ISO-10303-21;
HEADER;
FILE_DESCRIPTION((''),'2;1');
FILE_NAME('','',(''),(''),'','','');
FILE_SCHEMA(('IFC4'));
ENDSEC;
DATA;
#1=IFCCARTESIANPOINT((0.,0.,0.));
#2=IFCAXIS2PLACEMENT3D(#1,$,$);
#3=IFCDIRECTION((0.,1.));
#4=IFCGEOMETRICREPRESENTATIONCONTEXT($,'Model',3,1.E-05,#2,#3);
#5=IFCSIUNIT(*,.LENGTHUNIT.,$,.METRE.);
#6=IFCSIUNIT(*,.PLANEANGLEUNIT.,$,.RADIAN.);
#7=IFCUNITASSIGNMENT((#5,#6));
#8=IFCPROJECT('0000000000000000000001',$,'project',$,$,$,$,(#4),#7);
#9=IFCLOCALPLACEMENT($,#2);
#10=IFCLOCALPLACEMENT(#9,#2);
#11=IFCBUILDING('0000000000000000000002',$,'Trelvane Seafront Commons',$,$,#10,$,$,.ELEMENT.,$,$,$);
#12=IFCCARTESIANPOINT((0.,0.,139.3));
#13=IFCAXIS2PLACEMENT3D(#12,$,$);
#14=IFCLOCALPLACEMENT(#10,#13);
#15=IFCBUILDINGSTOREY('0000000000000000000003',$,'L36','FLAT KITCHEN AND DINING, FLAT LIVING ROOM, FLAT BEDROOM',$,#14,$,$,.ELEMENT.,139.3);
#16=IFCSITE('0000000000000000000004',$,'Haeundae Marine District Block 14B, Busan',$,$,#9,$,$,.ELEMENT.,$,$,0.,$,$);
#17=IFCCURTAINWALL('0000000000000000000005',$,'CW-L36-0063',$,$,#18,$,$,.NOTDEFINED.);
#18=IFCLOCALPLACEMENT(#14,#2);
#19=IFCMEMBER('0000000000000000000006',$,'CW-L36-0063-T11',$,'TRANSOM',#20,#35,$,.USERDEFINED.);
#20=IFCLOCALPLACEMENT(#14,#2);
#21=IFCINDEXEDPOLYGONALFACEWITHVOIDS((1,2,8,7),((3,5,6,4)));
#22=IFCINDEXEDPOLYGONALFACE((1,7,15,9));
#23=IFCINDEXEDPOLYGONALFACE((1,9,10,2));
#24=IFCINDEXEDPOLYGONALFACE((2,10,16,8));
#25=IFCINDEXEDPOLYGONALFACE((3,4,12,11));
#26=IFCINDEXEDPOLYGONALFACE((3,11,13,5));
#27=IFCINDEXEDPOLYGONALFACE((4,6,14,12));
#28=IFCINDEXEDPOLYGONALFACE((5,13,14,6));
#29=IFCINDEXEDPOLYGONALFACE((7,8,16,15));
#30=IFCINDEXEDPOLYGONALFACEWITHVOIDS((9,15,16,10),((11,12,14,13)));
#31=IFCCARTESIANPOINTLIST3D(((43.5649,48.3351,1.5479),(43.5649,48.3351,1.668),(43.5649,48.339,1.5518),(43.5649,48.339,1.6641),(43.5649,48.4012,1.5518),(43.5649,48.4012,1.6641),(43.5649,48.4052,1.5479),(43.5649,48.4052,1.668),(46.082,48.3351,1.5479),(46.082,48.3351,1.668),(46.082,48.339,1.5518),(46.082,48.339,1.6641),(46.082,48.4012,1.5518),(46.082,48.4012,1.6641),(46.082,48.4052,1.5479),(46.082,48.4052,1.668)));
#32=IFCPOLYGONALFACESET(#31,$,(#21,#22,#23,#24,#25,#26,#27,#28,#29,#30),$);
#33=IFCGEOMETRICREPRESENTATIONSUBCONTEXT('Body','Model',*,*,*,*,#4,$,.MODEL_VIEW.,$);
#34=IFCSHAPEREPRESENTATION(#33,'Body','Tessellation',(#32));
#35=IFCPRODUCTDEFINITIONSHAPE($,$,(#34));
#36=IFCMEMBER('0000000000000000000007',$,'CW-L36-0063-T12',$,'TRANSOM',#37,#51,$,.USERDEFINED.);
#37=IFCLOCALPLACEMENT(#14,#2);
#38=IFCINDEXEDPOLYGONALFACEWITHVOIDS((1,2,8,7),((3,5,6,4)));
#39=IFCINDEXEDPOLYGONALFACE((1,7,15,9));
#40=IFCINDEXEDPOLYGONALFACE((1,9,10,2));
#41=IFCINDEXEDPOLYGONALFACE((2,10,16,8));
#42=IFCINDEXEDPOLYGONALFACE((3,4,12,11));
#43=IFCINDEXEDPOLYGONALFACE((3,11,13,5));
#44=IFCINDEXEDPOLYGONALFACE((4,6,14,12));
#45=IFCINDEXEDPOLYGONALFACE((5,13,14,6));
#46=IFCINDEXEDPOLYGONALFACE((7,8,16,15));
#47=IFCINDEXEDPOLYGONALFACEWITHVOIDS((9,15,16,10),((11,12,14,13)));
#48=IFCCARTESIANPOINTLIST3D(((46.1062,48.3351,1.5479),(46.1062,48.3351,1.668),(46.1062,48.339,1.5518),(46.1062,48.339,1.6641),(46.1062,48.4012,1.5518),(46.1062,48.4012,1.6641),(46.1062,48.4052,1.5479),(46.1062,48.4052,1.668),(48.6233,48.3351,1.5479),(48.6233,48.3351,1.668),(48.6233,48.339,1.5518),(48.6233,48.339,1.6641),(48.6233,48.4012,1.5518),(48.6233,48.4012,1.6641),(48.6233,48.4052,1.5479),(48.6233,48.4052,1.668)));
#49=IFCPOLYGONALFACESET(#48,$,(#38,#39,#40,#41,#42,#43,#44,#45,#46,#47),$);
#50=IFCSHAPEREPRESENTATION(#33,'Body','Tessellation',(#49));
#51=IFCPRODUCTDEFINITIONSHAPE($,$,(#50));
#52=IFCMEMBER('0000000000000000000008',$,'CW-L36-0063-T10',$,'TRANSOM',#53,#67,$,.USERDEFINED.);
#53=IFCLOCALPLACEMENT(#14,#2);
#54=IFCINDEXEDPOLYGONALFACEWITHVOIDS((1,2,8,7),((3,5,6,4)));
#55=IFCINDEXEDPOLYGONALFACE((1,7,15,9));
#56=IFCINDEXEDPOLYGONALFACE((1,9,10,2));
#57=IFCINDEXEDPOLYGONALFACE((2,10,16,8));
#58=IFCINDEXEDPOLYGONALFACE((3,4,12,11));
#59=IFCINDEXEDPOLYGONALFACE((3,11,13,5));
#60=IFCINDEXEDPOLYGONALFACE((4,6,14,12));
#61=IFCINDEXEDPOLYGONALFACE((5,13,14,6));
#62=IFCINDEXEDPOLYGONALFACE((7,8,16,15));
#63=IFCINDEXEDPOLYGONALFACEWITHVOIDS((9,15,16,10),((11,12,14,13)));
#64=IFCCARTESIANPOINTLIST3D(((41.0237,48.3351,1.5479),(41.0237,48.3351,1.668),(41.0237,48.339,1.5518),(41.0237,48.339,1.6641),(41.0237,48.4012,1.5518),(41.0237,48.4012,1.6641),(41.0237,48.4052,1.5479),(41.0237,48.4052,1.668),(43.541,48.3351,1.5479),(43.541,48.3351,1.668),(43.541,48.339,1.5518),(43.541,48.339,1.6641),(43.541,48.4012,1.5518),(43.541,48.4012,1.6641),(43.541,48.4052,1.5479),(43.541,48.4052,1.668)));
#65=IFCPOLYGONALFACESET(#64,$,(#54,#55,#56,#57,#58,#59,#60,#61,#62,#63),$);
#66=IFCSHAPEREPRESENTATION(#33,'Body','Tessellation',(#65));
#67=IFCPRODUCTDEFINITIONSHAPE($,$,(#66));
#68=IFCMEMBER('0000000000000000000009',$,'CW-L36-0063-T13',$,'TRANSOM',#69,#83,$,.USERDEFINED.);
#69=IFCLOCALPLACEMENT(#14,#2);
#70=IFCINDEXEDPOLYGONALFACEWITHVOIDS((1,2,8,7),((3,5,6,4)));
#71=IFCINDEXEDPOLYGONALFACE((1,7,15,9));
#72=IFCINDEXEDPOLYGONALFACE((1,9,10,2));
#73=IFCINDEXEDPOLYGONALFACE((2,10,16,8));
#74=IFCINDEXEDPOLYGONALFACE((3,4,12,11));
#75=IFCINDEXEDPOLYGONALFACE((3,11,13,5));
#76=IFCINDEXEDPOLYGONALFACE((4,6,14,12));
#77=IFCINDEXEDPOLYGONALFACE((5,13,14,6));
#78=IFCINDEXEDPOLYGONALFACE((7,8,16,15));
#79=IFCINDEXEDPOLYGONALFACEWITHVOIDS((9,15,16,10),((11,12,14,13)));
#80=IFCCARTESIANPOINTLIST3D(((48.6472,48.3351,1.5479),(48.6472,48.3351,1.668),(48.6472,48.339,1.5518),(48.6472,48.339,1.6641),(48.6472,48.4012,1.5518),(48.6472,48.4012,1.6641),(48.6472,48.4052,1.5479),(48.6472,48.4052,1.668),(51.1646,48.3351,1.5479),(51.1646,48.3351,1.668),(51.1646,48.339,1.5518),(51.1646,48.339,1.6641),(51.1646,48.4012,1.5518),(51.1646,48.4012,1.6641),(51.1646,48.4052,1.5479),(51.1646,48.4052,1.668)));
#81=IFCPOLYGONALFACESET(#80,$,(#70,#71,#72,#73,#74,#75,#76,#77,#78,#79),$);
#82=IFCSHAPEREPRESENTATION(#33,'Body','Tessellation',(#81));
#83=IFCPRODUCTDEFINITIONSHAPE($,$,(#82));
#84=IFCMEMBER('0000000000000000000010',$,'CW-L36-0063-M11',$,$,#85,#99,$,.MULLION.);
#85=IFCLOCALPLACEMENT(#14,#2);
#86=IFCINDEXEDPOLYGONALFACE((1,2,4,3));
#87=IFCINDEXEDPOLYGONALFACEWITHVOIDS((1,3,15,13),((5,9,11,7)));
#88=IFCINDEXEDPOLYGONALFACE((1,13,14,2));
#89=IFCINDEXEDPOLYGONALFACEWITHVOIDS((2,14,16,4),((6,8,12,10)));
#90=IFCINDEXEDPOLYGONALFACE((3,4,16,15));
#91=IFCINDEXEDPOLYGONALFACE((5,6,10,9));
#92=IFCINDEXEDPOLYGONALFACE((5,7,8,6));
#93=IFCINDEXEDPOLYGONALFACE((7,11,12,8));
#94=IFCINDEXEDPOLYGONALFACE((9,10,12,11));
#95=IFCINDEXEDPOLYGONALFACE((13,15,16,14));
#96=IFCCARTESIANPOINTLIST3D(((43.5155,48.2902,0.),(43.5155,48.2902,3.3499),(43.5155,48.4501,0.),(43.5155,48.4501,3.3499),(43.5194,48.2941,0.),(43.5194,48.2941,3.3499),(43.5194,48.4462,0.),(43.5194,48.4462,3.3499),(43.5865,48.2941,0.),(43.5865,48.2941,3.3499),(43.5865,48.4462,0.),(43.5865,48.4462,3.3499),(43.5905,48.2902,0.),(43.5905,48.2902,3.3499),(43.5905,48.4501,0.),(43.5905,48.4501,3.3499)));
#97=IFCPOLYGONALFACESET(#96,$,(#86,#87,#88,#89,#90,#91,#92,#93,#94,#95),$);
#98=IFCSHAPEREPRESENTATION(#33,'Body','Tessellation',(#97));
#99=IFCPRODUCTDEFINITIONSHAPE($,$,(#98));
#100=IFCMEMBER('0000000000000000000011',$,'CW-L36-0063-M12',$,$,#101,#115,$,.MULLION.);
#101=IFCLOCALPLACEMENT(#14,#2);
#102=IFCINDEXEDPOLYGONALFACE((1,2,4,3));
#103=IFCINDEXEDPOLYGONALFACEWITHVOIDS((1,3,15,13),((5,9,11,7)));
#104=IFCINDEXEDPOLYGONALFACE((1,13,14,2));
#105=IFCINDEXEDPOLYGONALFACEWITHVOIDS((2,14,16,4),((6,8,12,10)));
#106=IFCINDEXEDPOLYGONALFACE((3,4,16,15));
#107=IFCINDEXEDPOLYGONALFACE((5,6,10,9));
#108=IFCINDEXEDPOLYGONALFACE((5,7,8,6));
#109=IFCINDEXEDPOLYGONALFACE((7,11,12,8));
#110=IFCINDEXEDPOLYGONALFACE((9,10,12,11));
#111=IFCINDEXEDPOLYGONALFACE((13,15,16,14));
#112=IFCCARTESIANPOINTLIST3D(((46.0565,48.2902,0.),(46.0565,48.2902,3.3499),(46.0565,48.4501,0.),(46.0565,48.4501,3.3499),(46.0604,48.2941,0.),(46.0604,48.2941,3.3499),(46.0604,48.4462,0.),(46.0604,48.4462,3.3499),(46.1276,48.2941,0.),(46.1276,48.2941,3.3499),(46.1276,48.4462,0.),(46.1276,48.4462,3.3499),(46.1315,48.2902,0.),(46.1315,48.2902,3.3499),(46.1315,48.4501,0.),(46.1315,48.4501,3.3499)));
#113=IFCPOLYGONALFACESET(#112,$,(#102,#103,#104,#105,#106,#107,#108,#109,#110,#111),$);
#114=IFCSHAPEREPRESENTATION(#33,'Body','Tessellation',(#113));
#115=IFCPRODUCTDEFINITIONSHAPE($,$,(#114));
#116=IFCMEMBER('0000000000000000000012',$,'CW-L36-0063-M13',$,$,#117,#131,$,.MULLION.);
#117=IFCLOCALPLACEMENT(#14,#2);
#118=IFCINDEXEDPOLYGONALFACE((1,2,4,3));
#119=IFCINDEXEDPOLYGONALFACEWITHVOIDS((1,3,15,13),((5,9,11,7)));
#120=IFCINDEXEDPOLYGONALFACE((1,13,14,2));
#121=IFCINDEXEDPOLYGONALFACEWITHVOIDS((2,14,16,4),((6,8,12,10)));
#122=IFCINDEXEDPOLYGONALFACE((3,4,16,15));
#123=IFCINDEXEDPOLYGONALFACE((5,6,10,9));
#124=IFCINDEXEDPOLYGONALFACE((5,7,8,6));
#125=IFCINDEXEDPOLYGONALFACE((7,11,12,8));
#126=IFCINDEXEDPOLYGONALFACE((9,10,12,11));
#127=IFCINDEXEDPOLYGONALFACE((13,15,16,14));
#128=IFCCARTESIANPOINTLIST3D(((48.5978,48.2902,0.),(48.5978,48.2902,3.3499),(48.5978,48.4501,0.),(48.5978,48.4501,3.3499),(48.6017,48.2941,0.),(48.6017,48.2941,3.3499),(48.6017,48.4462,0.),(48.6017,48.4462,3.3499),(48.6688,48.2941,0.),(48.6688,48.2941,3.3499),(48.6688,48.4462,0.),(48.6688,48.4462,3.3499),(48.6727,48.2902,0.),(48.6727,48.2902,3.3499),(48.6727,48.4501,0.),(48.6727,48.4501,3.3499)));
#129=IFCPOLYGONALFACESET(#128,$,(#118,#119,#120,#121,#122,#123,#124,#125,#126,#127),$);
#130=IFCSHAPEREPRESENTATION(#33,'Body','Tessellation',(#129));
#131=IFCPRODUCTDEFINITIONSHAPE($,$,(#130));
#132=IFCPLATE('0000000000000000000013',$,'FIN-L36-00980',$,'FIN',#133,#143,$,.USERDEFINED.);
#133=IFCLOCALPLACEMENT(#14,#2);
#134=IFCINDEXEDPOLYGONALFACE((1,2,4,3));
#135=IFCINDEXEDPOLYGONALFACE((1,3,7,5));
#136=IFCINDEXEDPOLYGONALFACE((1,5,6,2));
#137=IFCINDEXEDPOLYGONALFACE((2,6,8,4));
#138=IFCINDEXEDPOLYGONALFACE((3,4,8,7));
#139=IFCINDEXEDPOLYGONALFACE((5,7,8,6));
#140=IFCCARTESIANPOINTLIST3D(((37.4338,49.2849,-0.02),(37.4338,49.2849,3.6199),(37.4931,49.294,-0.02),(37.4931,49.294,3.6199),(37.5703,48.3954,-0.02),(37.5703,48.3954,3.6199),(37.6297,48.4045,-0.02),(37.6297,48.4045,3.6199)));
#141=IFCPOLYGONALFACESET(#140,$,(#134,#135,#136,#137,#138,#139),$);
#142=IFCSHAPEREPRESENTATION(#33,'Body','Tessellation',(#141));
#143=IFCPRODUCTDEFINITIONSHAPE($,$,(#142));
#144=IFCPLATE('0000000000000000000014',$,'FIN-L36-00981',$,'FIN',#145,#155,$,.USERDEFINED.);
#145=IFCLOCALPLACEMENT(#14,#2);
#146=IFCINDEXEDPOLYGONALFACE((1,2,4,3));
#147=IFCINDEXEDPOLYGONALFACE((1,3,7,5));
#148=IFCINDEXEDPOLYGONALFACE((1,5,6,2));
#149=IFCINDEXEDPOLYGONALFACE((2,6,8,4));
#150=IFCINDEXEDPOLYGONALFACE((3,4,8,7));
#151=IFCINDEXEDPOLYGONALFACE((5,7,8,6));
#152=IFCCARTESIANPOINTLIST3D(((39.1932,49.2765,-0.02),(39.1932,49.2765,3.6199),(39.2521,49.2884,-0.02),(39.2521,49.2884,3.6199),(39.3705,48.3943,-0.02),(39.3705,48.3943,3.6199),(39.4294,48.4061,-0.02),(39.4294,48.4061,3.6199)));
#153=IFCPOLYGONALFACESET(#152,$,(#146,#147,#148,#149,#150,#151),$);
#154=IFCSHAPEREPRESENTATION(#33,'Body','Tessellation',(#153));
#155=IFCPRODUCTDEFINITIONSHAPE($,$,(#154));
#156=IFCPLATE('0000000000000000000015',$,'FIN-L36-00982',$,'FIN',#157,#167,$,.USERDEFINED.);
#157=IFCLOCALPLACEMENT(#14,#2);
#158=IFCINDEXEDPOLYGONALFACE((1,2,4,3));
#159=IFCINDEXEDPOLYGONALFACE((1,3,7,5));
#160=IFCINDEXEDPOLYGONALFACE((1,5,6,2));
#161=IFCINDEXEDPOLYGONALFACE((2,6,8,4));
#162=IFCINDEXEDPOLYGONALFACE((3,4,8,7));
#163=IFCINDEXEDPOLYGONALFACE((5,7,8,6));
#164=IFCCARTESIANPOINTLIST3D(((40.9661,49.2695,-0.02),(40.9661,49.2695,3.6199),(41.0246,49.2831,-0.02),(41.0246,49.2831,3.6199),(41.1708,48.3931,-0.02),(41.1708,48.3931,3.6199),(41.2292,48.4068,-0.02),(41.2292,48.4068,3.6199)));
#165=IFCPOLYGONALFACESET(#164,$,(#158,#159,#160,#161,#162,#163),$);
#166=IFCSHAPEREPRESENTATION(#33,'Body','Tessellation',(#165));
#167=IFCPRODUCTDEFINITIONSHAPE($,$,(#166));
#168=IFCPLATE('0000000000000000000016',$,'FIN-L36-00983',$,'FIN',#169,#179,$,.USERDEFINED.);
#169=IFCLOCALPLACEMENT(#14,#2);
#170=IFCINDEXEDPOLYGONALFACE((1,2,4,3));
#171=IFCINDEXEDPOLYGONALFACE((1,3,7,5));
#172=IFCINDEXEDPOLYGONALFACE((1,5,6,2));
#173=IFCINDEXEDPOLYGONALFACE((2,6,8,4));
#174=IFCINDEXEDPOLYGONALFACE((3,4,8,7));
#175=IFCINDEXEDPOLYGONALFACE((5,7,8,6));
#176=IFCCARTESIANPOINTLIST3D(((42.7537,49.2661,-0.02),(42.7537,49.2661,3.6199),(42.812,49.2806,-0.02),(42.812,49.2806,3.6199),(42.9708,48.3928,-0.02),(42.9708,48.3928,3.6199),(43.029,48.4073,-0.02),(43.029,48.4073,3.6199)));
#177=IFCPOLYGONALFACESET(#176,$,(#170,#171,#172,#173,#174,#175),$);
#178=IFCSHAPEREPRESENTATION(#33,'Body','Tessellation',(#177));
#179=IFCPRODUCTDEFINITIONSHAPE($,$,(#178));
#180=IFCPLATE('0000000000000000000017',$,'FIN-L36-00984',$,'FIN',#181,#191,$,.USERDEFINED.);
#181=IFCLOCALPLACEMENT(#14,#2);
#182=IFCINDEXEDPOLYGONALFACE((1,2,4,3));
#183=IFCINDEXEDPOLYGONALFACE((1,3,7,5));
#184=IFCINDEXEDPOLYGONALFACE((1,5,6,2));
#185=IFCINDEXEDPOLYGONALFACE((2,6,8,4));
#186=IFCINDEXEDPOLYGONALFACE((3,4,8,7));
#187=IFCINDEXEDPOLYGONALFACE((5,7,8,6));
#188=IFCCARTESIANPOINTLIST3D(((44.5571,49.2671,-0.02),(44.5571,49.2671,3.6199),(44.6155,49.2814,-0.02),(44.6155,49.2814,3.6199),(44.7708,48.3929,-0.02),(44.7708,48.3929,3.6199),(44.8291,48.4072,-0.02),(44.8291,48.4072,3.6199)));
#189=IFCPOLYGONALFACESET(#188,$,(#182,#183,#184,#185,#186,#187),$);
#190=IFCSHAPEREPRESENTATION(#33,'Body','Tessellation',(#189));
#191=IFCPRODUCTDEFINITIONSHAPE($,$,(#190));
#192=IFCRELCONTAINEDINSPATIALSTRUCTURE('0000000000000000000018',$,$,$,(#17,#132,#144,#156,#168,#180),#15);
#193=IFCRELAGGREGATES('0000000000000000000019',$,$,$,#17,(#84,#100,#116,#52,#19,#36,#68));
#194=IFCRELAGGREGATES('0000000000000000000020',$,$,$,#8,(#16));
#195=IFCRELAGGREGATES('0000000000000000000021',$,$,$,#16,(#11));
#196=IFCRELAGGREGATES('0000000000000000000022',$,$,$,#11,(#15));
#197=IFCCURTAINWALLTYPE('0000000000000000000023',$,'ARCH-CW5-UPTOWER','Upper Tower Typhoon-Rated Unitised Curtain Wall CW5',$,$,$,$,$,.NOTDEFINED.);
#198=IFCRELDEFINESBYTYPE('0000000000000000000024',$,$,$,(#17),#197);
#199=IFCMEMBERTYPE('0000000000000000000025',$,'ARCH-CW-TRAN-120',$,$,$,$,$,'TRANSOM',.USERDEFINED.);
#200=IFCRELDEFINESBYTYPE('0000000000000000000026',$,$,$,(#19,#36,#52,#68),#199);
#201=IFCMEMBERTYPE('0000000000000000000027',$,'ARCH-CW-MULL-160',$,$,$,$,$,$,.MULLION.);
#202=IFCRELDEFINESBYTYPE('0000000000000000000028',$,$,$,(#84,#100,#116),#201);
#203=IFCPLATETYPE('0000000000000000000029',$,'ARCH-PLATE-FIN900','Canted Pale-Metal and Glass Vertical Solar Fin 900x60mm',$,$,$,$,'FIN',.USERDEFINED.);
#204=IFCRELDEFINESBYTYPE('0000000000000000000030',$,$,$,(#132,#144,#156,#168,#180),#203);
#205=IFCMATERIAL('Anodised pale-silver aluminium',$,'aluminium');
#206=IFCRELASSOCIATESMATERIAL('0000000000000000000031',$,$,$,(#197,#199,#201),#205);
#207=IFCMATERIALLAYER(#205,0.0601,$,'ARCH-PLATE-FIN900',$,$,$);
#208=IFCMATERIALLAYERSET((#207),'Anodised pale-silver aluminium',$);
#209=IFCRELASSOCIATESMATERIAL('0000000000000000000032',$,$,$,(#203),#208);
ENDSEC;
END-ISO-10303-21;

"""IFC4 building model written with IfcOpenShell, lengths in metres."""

from ifc_helpers import new_model, si_unit, direction, frame, origin, origin_2d, place, context, subcontext, project, spatial, rectangle, hollow_rectangle, extrude, source, transform, mapped, material, layer, layer_set, material_profile, profile_set, type_object, element, aggregate, save


model = new_model("IFC4")

# Units and contexts
model_context = context("Model", 3, precision=1e-05, world=origin(), true_north=direction((0.0, 1.0)))
body_context = subcontext(model_context, "Body", "Model", "MODEL_VIEW")
ifc_project = project(units=[si_unit("LENGTHUNIT", "METRE"), si_unit("PLANEANGLEUNIT", "RADIAN")], contexts=[model_context])

# Site, building, storey
site_placement = place(None, origin())
site = spatial("IfcSite", under=ifc_project, at=site_placement, Name="Haeundae Marine District Block 14B, Busan", CompositionType="ELEMENT", RefElevation=0.0)
building_placement = place(site_placement, origin())
building = spatial("IfcBuilding", under=site, at=building_placement, Name="Trelvane Seafront Commons", CompositionType="ELEMENT")
storey_placement = place(building_placement, frame((0.0, 0.0, 139.3)))
storey = spatial("IfcBuildingStorey", under=building, at=storey_placement, Name="L36", Description="FLAT KITCHEN AND DINING, FLAT LIVING ROOM, FLAT BEDROOM", CompositionType="ELEMENT", Elevation=139.3)

# Curtain wall, members
ifc_material_1 = material(Name="Anodised pale-silver aluminium", Category="aluminium")
curtain_wall_type = type_object("IfcCurtainWallType", Name="ARCH-CW5-UPTOWER", Description="Upper Tower Typhoon-Rated Unitised Curtain Wall CW5", PredefinedType="NOTDEFINED", material=ifc_material_1)
curtain_wall_placement = place(storey_placement, origin())
curtain_wall = element("IfcCurtainWall", 1, at=curtain_wall_placement, inside=storey, type_object=curtain_wall_type, Name="CW-L36-0063", PredefinedType="NOTDEFINED")
ifc_material_profile_1 = material_profile(ifc_material_1, hollow_rectangle(XDim=0.0701, YDim=0.1201, WallThickness=0.0039, at=origin_2d()), Name="TRAN-70x120x4")
ifc_profile_set_1 = profile_set([ifc_material_profile_1], Name="Anodised pale-silver aluminium")
member_type_1 = type_object("IfcMemberType", Name="ARCH-CW-TRAN-120", ElementType="TRANSOM", PredefinedType="USERDEFINED", material=ifc_profile_set_1)
shared_shape_1 = source(origin(), body_context, "Body", "SweptSolid", [
    extrude(hollow_rectangle(XDim=0.0701, YDim=0.1201, WallThickness=0.0039, at=origin_2d()), origin(), (0.0, 0.0, 1.0), 2.5171),
])
member_1_placement = place(storey_placement, frame((43.5649, 48.3701, 1.6079), z_axis=(1.0, 0.0, 0.0), x_axis=(0.0, 1.0, 0.0)))
member_1 = element("IfcMember", 2, at=member_1_placement, type_object=member_type_1, Name="CW-L36-0063-T11", ObjectType="TRANSOM", PredefinedType="USERDEFINED", context=body_context, shape_type="MappedRepresentation", body=[
    mapped(shared_shape_1, transform((0.0, 0.0, 0.0), x_axis=(1.0, 0.0, 0.0), y_axis=(0.0, 1.0, 0.0), z_axis=(0.0, 0.0, 1.0), scale=1.0)),
])
member_2_placement = place(storey_placement, frame((46.1062, 48.3701, 1.6079), z_axis=(1.0, 0.0, 0.0), x_axis=(0.0, 1.0, 0.0)))
member_2 = element("IfcMember", 3, at=member_2_placement, type_object=member_type_1, Name="CW-L36-0063-T12", ObjectType="TRANSOM", PredefinedType="USERDEFINED", context=body_context, shape_type="MappedRepresentation", body=[
    mapped(shared_shape_1, transform((0.0, 0.0, 0.0), x_axis=(1.0, 0.0, 0.0), y_axis=(0.0, 1.0, 0.0), z_axis=(0.0, 0.0, 1.0), scale=1.0)),
])
shared_shape_2 = source(origin(), body_context, "Body", "SweptSolid", [
    extrude(hollow_rectangle(XDim=0.0701, YDim=0.1201, WallThickness=0.0039, at=origin_2d()), origin(), (0.0, 0.0, 1.0), 2.5173),
])
member_3_placement = place(storey_placement, frame((41.0237, 48.3701, 1.6079), z_axis=(1.0, 0.0, 0.0), x_axis=(0.0, 1.0, 0.0)))
member_3 = element("IfcMember", 4, at=member_3_placement, type_object=member_type_1, Name="CW-L36-0063-T10", ObjectType="TRANSOM", PredefinedType="USERDEFINED", context=body_context, shape_type="MappedRepresentation", body=[
    mapped(shared_shape_2, transform((0.0, 0.0, 0.0), x_axis=(1.0, 0.0, 0.0), y_axis=(0.0, 1.0, 0.0), z_axis=(0.0, 0.0, 1.0), scale=1.0)),
])
member_4_placement = place(storey_placement, frame((48.6472, 48.3701, 1.6079), z_axis=(1.0, 0.0, 0.0), x_axis=(0.0, 1.0, 0.0)))
member_4 = element("IfcMember", 5, at=member_4_placement, type_object=member_type_1, Name="CW-L36-0063-T13", ObjectType="TRANSOM", PredefinedType="USERDEFINED", context=body_context, shape_type="MappedRepresentation", body=[
    mapped(shared_shape_2, transform((0.0, 0.0, 0.0), x_axis=(1.0, 0.0, 0.0), y_axis=(0.0, 1.0, 0.0), z_axis=(0.0, 0.0, 1.0), scale=1.0)),
])
ifc_material_profile_2 = material_profile(ifc_material_1, hollow_rectangle(XDim=0.075, YDim=0.1599, WallThickness=0.0039, at=origin_2d()), Name="MULL-75x160x4")
ifc_profile_set_2 = profile_set([ifc_material_profile_2], Name="Anodised pale-silver aluminium")
member_type_2 = type_object("IfcMemberType", Name="ARCH-CW-MULL-160", PredefinedType="MULLION", material=ifc_profile_set_2)
shared_shape_3 = source(origin(), body_context, "Body", "SweptSolid", [
    extrude(hollow_rectangle(XDim=0.075, YDim=0.1599, WallThickness=0.0039, at=origin_2d()), origin(), (0.0, 0.0, 1.0), 3.3499),
])
member_5_placement = place(storey_placement, frame((43.553, 48.3701, 0.0), z_axis=(0.0, 0.0, 1.0), x_axis=(1.0, 0.0, 0.0)))
member_5 = element("IfcMember", 6, at=member_5_placement, type_object=member_type_2, Name="CW-L36-0063-M11", PredefinedType="MULLION", context=body_context, shape_type="MappedRepresentation", body=[
    mapped(shared_shape_3, transform((0.0, 0.0, 0.0), x_axis=(1.0, 0.0, 0.0), y_axis=(0.0, 1.0, 0.0), z_axis=(0.0, 0.0, 1.0), scale=1.0)),
])
member_6_placement = place(storey_placement, frame((46.094, 48.3701, 0.0), z_axis=(0.0, 0.0, 1.0), x_axis=(1.0, 0.0, 0.0)))
member_6 = element("IfcMember", 7, at=member_6_placement, type_object=member_type_2, Name="CW-L36-0063-M12", PredefinedType="MULLION", context=body_context, shape_type="MappedRepresentation", body=[
    mapped(shared_shape_3, transform((0.0, 0.0, 0.0), x_axis=(1.0, 0.0, 0.0), y_axis=(0.0, 1.0, 0.0), z_axis=(0.0, 0.0, 1.0), scale=1.0)),
])
member_7_placement = place(storey_placement, frame((48.6353, 48.3701, 0.0), z_axis=(0.0, 0.0, 1.0), x_axis=(1.0, 0.0, 0.0)))
member_7 = element("IfcMember", 8, at=member_7_placement, type_object=member_type_2, Name="CW-L36-0063-M13", PredefinedType="MULLION", context=body_context, shape_type="MappedRepresentation", body=[
    mapped(shared_shape_3, transform((0.0, 0.0, 0.0), x_axis=(1.0, 0.0, 0.0), y_axis=(0.0, 1.0, 0.0), z_axis=(0.0, 0.0, 1.0), scale=1.0)),
])

# Plates
ifc_layer_1 = layer(ifc_material_1, 0.0601, Name="ARCH-PLATE-FIN900")
ifc_layer_set_1 = layer_set([ifc_layer_1], Name="Anodised pale-silver aluminium")
plate_type_1 = type_object("IfcPlateType", Name="ARCH-PLATE-FIN900", Description="Canted Pale-Metal and Glass Vertical Solar Fin 900x60mm", ElementType="FIN", PredefinedType="USERDEFINED", material=ifc_layer_set_1)
shared_shape_4 = source(origin(), body_context, "Body", "SweptSolid", [
    extrude(rectangle(XDim=0.8999, YDim=0.0601, at=origin_2d()), origin(), (0.0, 0.0, 1.0), 3.6399),
])
for number, where, z_axis, x_axis, name in (
    (9, (37.5317, 48.8447, -0.02), (0.0, 0.0, 1.0), (-0.151773, 0.988415, 0.0), "FIN-L36-00980"),
    (10, (39.3113, 48.8413, -0.02), (0.0, 0.0, 1.0), (-0.196992, 0.980405, 0.0), "FIN-L36-00981"),
    (11, (41.0977, 48.8381, -0.02), (0.0, 0.0, 1.0), (-0.227447, 0.973791, 0.0), "FIN-L36-00982"),
    (12, (42.8914, 48.8367, -0.02), (0.0, 0.0, 1.0), (-0.241228, 0.970469, 0.0), "FIN-L36-00983"),
    (13, (44.6931, 48.8372, -0.02), (0.0, 0.0, 1.0), (-0.237435, 0.971403, 0.0), "FIN-L36-00984"),
):
    element("IfcPlate", number, at=place(storey_placement, frame(where, z_axis=z_axis, x_axis=x_axis)), inside=storey, type_object=plate_type_1, Name=name, ObjectType="FIN", PredefinedType="USERDEFINED", context=body_context, shape_type="MappedRepresentation", body=[
        mapped(shared_shape_4, transform((0.0, 0.0, 0.0), x_axis=(1.0, 0.0, 0.0), y_axis=(0.0, 1.0, 0.0), z_axis=(0.0, 0.0, 1.0), scale=1.0)),
    ])

aggregate(curtain_wall, [member_5, member_6, member_7, member_3, member_1, member_2, member_4])

save(model, "model.ifc")
